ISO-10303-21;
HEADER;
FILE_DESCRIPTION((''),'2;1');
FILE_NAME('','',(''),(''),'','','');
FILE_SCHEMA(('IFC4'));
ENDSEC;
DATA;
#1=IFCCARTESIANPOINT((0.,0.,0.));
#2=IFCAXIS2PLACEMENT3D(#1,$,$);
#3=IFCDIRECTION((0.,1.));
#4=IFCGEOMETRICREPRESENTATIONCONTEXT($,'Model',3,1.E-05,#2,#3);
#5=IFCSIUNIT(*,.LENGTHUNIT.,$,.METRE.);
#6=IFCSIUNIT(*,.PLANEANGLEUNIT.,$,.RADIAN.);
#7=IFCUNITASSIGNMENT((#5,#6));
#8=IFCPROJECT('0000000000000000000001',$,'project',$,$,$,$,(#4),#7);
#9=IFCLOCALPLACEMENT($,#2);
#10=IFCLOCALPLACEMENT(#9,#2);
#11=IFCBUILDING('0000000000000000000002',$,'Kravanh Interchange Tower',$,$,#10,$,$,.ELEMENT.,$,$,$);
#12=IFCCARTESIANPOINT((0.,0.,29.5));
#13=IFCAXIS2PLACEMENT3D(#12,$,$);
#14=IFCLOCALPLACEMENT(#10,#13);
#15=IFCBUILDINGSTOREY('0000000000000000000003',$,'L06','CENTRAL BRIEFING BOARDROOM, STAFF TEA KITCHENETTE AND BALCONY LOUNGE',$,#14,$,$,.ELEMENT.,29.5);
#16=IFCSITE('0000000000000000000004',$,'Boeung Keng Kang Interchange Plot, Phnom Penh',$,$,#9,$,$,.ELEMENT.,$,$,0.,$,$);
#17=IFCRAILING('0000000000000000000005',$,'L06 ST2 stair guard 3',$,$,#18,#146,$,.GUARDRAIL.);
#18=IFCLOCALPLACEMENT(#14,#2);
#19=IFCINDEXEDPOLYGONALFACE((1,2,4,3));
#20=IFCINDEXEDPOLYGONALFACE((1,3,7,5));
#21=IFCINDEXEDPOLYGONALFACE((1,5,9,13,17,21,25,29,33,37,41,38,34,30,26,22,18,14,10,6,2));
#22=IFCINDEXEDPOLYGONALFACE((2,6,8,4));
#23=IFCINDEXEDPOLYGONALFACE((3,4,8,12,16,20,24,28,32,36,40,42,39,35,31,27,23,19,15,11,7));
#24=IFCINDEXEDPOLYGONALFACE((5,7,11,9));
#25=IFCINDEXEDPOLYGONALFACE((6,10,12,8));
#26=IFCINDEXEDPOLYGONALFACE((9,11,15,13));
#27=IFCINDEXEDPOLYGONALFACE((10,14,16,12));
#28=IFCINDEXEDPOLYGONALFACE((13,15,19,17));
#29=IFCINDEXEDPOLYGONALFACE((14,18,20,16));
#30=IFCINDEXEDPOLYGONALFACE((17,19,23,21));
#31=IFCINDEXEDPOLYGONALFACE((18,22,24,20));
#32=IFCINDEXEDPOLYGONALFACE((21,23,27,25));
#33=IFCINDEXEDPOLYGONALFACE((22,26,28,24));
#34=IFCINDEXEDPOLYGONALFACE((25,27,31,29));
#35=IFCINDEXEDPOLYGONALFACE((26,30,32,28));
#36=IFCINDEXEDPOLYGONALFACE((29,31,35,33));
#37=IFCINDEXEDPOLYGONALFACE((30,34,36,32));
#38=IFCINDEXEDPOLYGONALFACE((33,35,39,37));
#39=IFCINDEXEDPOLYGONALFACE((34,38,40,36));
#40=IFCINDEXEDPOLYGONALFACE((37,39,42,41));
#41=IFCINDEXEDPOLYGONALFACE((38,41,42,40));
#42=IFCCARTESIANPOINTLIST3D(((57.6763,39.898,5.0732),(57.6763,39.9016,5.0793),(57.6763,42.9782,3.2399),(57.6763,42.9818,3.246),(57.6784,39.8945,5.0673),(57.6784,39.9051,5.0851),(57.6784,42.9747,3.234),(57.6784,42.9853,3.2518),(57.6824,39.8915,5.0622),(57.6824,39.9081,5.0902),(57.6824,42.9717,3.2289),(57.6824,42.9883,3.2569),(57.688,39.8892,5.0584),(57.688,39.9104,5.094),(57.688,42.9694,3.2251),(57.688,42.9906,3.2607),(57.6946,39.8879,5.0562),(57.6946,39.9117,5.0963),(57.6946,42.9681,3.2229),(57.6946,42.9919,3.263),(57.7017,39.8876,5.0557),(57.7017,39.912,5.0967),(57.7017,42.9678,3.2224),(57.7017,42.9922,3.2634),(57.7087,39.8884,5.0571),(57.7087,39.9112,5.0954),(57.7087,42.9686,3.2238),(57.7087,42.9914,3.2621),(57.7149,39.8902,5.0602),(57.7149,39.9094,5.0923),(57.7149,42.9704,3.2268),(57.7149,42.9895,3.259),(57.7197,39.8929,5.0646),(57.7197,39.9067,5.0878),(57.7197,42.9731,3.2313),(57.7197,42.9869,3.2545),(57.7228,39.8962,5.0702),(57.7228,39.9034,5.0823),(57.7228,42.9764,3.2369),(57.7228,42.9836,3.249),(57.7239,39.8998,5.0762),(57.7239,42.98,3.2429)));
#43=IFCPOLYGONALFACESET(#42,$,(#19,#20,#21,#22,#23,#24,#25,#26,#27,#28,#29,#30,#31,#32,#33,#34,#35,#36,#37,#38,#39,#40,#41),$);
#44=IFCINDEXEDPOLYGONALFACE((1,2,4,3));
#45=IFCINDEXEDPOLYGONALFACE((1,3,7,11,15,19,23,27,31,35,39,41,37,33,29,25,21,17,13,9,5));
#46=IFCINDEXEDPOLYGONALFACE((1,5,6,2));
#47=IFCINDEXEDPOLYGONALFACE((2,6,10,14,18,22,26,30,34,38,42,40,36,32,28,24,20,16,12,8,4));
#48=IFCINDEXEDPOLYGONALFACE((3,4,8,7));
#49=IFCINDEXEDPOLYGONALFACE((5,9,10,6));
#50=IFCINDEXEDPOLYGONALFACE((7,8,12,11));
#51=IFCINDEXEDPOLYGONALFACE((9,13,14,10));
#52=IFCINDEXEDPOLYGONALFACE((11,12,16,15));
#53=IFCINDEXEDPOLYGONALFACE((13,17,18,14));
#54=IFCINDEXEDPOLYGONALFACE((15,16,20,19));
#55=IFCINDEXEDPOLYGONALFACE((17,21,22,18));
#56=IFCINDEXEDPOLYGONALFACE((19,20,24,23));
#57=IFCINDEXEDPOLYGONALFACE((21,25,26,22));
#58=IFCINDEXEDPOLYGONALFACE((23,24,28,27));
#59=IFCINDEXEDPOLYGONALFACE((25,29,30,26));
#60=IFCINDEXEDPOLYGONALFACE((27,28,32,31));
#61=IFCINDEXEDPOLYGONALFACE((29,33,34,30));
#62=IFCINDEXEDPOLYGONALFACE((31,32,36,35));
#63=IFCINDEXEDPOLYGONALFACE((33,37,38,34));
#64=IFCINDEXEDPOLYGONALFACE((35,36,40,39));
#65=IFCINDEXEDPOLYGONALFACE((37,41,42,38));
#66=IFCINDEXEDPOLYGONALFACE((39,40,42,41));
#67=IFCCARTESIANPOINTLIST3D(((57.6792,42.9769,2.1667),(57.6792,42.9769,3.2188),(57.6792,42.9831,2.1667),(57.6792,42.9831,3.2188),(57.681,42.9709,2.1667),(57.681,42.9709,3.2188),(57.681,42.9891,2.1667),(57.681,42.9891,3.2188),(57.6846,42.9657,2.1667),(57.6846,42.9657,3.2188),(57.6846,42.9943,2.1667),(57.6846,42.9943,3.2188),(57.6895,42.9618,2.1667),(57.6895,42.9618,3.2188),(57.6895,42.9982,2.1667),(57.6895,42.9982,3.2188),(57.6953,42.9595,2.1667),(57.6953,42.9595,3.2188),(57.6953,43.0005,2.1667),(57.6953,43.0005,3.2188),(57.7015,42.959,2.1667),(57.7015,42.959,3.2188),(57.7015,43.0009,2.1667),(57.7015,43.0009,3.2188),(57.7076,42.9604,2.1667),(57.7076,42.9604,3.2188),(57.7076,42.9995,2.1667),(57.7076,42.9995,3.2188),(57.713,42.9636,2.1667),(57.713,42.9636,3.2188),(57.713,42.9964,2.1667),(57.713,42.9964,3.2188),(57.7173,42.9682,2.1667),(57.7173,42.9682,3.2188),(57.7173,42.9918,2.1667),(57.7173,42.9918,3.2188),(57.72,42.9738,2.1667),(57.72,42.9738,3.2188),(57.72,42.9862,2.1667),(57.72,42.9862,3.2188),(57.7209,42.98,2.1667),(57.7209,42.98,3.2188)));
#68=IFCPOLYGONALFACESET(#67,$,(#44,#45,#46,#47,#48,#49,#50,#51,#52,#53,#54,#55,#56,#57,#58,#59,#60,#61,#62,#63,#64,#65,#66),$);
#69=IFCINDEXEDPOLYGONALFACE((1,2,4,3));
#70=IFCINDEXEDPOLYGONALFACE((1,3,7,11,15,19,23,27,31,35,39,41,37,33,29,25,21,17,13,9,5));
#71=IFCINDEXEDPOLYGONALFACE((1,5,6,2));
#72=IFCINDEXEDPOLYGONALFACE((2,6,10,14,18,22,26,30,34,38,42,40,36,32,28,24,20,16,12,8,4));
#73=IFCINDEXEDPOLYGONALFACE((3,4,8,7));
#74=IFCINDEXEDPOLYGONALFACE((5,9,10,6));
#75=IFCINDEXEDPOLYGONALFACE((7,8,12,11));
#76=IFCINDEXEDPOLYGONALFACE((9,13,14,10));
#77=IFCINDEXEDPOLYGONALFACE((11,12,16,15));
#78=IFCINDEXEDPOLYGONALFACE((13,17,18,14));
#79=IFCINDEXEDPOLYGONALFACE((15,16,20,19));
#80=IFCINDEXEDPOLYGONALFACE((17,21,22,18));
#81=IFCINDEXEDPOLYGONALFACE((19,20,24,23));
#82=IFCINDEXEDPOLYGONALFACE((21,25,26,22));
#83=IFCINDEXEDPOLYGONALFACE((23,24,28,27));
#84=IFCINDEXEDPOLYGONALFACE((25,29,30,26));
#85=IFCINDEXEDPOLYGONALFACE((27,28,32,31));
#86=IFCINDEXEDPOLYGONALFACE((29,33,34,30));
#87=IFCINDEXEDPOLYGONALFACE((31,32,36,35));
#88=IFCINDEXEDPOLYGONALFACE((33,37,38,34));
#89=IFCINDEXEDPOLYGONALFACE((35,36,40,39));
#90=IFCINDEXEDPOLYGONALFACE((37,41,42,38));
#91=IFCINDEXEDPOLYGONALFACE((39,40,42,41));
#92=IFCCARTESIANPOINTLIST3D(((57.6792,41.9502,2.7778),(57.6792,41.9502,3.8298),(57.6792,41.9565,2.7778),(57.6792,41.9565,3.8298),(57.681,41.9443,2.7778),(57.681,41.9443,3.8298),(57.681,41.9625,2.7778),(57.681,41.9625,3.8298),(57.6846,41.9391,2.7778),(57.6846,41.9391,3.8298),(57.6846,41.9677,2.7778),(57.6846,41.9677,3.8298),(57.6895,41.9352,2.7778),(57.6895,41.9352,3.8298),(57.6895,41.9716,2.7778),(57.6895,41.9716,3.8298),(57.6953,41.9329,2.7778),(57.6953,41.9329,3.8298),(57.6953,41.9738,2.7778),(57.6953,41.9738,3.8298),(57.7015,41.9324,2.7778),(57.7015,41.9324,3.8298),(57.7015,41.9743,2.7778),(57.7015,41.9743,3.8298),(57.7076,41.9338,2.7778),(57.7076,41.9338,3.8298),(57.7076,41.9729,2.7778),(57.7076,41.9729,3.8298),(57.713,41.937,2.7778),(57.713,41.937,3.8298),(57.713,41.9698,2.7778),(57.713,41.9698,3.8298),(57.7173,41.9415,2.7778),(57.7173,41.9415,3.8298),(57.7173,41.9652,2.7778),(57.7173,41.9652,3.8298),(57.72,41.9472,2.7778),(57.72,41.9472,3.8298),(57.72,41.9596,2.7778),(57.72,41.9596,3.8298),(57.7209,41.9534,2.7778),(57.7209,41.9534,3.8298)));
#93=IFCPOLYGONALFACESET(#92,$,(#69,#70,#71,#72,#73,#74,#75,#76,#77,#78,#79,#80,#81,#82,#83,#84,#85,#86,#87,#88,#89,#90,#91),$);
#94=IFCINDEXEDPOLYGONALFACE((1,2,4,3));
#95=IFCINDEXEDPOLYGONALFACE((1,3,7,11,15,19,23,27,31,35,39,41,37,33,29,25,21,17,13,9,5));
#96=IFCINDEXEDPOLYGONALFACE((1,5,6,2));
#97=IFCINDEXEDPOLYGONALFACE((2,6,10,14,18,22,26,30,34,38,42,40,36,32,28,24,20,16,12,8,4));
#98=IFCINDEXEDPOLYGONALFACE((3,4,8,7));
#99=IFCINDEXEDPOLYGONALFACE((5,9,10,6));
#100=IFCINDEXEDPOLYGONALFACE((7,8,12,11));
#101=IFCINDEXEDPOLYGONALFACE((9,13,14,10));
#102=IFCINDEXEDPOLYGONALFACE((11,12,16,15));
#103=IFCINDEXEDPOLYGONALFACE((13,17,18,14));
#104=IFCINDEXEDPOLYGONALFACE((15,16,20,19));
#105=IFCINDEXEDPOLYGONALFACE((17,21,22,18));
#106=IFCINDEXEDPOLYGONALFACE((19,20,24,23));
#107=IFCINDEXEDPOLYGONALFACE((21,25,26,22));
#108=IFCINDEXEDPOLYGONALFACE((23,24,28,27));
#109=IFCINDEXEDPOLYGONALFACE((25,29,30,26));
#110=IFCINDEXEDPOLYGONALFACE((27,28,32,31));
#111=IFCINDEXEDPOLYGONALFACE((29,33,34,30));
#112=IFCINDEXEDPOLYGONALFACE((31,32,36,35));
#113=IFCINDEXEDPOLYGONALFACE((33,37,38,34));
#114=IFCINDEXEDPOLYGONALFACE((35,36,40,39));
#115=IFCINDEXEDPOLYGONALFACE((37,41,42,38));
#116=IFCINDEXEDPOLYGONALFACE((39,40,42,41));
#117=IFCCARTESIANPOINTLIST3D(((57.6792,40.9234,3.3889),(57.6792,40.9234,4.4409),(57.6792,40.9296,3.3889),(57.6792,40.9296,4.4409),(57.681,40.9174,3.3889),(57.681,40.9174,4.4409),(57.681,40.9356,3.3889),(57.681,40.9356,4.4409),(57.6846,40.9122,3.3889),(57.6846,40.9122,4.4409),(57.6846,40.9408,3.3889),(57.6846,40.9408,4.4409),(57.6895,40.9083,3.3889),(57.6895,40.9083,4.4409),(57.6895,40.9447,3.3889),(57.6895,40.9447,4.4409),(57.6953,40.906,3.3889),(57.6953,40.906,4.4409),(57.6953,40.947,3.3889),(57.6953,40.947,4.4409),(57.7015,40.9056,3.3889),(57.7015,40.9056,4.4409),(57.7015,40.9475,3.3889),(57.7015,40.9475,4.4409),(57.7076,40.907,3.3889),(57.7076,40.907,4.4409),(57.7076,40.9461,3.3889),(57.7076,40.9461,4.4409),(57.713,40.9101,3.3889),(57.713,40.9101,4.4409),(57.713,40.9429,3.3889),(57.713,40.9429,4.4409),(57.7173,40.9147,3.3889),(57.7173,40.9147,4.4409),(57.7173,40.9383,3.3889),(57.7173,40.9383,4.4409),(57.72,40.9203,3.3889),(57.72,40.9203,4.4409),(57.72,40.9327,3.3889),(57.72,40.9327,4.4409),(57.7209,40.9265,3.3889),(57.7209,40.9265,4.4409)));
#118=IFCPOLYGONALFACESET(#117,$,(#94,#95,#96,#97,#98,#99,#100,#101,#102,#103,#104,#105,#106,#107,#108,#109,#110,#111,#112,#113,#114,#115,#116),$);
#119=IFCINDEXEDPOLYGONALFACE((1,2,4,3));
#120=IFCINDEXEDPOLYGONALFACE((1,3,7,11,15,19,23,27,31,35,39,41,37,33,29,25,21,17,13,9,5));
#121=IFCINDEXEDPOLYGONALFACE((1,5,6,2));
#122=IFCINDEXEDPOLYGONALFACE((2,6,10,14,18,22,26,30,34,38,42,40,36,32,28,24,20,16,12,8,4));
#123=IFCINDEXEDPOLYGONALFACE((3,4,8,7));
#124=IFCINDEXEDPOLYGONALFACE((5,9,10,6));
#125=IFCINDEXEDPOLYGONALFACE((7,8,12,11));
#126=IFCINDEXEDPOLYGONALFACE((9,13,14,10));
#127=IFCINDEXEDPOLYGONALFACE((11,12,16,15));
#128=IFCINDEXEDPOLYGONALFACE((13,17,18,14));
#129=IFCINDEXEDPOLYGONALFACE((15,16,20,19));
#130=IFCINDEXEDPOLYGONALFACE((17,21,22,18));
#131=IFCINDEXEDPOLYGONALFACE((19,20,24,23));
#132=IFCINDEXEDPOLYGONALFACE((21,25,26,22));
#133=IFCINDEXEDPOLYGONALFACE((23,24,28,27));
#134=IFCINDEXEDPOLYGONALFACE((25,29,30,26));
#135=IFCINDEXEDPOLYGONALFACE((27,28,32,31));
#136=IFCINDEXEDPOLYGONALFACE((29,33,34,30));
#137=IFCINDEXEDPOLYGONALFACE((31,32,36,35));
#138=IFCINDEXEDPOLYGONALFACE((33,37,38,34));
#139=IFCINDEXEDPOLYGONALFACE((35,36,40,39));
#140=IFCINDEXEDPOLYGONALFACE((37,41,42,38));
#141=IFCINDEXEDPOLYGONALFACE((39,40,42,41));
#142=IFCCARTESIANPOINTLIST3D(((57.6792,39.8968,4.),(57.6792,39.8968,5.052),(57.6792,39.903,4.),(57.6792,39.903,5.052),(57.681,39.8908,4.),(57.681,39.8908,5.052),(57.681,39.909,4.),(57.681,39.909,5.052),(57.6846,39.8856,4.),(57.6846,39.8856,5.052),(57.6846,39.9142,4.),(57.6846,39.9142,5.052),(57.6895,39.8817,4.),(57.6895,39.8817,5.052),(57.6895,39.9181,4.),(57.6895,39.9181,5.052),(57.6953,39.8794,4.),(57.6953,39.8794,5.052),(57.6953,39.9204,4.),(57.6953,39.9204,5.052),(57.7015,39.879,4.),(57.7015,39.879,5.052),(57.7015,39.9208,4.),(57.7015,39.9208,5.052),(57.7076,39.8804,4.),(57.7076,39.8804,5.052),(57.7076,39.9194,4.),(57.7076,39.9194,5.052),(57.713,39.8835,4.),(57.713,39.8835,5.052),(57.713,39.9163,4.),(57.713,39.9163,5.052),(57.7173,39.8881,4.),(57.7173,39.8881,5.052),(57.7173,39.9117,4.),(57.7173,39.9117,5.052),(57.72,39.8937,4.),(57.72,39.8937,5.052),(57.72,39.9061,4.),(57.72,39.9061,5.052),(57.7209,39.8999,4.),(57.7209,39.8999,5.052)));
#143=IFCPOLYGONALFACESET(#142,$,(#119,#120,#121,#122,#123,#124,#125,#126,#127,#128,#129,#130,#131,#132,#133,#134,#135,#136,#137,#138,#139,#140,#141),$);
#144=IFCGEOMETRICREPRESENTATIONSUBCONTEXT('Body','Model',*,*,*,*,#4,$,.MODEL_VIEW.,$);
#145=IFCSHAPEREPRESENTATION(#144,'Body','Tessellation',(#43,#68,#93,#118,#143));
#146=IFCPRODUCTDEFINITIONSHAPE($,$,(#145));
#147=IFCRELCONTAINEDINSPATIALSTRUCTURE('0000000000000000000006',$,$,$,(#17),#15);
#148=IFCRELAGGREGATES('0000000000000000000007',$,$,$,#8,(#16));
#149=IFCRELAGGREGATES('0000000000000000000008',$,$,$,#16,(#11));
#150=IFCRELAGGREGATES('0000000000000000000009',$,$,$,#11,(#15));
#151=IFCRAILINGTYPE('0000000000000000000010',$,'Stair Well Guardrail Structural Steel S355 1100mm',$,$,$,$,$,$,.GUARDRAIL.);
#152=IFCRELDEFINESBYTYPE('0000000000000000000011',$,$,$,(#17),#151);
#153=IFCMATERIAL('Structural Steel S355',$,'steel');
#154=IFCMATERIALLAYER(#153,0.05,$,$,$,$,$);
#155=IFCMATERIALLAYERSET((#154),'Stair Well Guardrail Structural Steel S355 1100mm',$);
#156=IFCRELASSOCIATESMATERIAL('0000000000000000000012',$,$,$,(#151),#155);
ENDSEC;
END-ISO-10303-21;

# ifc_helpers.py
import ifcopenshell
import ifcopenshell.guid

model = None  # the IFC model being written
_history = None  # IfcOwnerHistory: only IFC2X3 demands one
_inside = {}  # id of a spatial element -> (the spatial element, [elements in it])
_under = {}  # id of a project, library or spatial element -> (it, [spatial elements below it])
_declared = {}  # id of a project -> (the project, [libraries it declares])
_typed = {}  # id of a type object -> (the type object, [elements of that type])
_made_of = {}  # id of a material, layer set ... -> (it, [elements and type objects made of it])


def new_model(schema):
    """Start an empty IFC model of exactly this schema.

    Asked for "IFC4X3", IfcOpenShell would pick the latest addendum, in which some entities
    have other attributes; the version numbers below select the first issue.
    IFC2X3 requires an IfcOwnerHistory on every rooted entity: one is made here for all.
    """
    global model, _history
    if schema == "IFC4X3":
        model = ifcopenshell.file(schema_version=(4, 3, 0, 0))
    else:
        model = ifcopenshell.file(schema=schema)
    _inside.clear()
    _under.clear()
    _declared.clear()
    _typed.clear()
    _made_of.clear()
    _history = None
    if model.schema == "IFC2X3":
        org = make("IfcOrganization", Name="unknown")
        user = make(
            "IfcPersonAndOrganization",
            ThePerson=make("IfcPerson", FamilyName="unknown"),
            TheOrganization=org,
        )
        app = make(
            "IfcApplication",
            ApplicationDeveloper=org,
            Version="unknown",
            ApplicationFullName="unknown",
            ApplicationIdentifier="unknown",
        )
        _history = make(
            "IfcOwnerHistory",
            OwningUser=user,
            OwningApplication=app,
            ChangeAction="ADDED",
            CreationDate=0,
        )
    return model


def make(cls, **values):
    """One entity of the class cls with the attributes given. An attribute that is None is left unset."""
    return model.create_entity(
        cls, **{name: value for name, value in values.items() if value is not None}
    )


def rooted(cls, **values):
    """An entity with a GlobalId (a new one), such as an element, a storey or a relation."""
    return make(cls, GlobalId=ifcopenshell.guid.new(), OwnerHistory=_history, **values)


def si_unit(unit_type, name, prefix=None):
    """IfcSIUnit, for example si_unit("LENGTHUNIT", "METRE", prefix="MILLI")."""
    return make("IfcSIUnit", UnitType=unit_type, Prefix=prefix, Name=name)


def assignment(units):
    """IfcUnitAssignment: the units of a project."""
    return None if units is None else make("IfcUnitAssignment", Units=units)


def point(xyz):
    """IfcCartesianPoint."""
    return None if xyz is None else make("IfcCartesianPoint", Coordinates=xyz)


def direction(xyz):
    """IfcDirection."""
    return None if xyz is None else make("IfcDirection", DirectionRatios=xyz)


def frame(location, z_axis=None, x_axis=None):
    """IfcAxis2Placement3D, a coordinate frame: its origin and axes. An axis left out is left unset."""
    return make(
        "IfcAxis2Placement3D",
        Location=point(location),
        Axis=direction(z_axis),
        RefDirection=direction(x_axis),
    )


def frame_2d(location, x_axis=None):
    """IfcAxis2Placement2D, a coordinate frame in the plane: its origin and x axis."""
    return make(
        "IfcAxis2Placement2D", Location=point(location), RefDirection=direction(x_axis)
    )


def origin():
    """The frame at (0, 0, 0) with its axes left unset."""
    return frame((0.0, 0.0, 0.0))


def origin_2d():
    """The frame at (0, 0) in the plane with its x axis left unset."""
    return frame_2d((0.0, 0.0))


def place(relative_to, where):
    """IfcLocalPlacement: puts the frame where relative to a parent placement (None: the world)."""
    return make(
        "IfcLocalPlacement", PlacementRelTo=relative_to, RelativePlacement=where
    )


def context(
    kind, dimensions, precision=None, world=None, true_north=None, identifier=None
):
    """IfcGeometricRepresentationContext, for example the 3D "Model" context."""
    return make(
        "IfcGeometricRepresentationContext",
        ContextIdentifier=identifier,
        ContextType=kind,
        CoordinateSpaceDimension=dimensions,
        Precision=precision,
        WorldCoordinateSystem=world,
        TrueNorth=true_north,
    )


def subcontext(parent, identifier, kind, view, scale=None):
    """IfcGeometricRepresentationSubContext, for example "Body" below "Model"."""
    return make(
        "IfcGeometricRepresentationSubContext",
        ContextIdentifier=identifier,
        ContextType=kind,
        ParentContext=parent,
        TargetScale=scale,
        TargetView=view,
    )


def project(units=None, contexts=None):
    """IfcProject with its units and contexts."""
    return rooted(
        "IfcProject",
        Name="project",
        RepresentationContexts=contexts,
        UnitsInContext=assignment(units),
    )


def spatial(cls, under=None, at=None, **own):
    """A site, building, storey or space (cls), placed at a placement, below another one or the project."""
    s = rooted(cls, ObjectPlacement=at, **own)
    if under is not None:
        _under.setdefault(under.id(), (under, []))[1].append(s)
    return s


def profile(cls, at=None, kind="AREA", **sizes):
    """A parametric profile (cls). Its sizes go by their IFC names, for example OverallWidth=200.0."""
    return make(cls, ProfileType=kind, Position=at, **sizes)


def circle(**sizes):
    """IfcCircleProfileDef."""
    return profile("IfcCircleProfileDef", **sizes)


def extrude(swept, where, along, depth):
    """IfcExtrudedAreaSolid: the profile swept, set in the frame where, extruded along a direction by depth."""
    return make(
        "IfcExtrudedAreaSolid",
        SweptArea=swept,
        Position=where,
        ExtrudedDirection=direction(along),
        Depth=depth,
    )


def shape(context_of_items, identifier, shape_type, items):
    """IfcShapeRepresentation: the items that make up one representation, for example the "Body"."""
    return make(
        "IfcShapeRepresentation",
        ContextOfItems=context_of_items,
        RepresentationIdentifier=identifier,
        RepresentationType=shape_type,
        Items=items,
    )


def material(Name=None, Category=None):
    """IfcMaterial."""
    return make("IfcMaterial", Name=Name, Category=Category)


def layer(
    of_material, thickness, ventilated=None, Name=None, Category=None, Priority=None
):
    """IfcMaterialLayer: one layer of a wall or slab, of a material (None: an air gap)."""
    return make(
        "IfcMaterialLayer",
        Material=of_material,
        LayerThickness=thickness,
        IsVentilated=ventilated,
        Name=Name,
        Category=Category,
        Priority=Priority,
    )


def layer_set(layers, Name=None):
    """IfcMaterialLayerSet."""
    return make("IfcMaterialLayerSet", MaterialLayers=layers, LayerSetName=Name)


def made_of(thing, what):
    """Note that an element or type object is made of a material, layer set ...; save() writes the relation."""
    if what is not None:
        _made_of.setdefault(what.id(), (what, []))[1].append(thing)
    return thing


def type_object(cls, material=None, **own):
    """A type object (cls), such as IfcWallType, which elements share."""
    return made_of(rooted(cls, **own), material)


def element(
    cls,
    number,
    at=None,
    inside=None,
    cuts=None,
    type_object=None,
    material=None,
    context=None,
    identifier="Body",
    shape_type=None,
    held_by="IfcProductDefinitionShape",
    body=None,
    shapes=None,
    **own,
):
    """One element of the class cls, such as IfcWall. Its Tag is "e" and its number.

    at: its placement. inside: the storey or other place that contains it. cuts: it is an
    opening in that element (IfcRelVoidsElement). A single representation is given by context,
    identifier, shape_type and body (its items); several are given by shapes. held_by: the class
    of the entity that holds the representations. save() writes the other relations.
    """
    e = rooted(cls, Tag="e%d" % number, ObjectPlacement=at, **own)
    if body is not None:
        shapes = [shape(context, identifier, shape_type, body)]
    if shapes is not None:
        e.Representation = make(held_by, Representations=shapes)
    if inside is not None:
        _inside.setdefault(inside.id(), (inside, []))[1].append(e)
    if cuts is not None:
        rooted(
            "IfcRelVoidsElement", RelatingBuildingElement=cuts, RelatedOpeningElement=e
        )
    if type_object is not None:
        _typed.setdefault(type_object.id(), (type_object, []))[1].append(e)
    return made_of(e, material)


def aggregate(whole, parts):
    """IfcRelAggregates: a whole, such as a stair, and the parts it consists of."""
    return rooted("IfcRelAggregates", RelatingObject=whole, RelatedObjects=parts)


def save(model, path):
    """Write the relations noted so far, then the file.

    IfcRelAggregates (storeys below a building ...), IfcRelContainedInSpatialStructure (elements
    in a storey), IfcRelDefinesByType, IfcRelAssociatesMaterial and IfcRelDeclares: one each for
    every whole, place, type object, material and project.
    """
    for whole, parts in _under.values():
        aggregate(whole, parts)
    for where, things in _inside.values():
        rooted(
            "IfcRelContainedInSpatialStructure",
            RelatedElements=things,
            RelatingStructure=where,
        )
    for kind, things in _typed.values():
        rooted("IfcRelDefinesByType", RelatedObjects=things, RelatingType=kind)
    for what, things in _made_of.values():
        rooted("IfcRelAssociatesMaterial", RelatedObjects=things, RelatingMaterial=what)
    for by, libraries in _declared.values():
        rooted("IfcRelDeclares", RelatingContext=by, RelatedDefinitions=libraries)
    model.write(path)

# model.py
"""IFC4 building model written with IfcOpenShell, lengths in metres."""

from ifc_helpers import new_model, si_unit, direction, frame, origin, origin_2d, place, context, subcontext, project, spatial, circle, extrude, material, layer, layer_set, type_object, element, save


model = new_model("IFC4")

# Units and contexts
model_context = context("Model", 3, precision=1e-05, world=origin(), true_north=direction((0.0, 1.0)))
body_context = subcontext(model_context, "Body", "Model", "MODEL_VIEW")
ifc_project = project(units=[si_unit("LENGTHUNIT", "METRE"), si_unit("PLANEANGLEUNIT", "RADIAN")], contexts=[model_context])

# Site, building, storey
site_placement = place(None, origin())
site = spatial("IfcSite", under=ifc_project, at=site_placement, Name="Boeung Keng Kang Interchange Plot, Phnom Penh", CompositionType="ELEMENT", RefElevation=0.0)
building_placement = place(site_placement, origin())
building = spatial("IfcBuilding", under=site, at=building_placement, Name="Kravanh Interchange Tower", CompositionType="ELEMENT")
storey_placement = place(building_placement, frame((0.0, 0.0, 29.5)))
storey = spatial("IfcBuildingStorey", under=building, at=storey_placement, Name="L06", Description="CENTRAL BRIEFING BOARDROOM, STAFF TEA KITCHENETTE AND BALCONY LOUNGE", CompositionType="ELEMENT", Elevation=29.5)

# Railing
ifc_material_1 = material(Name="Structural Steel S355", Category="steel")
ifc_layer_1 = layer(ifc_material_1, 0.05)
ifc_layer_set_1 = layer_set([ifc_layer_1], Name="Stair Well Guardrail Structural Steel S355 1100mm")
railing_type_1 = type_object("IfcRailingType", Name="Stair Well Guardrail Structural Steel S355 1100mm", PredefinedType="GUARDRAIL", material=ifc_layer_set_1)
railing_1_placement = place(storey_placement, frame((57.7, 42.98, 2.1667)))
element("IfcRailing", 1, at=railing_1_placement, inside=storey, type_object=railing_type_1, Name="L06 ST2 stair guard 3", PredefinedType="GUARDRAIL", context=body_context, shape_type="SweptSolid", body=[
    extrude(circle(Radius=0.0239, at=origin_2d()), frame((0.0, 0.0, 1.0762), z_axis=(0.0, -0.859309, 0.511458), x_axis=(1.0, 0.0, 0.0)), (0.0, 0.0, 1.0), 3.5845),
    extrude(circle(Radius=0.021, at=origin_2d()), origin(), (0.0, 0.0, 1.0), 1.052),
    extrude(circle(Radius=0.021, at=origin_2d()), frame((0.0, -1.0266, 0.6111)), (0.0, 0.0, 1.0), 1.052),
    extrude(circle(Radius=0.021, at=origin_2d()), frame((0.0, -2.0535, 1.2222)), (0.0, 0.0, 1.0), 1.052),
    extrude(circle(Radius=0.021, at=origin_2d()), frame((0.0, -3.0801, 1.8333)), (0.0, 0.0, 1.0), 1.052),
])

save(model, "model.ifc")
